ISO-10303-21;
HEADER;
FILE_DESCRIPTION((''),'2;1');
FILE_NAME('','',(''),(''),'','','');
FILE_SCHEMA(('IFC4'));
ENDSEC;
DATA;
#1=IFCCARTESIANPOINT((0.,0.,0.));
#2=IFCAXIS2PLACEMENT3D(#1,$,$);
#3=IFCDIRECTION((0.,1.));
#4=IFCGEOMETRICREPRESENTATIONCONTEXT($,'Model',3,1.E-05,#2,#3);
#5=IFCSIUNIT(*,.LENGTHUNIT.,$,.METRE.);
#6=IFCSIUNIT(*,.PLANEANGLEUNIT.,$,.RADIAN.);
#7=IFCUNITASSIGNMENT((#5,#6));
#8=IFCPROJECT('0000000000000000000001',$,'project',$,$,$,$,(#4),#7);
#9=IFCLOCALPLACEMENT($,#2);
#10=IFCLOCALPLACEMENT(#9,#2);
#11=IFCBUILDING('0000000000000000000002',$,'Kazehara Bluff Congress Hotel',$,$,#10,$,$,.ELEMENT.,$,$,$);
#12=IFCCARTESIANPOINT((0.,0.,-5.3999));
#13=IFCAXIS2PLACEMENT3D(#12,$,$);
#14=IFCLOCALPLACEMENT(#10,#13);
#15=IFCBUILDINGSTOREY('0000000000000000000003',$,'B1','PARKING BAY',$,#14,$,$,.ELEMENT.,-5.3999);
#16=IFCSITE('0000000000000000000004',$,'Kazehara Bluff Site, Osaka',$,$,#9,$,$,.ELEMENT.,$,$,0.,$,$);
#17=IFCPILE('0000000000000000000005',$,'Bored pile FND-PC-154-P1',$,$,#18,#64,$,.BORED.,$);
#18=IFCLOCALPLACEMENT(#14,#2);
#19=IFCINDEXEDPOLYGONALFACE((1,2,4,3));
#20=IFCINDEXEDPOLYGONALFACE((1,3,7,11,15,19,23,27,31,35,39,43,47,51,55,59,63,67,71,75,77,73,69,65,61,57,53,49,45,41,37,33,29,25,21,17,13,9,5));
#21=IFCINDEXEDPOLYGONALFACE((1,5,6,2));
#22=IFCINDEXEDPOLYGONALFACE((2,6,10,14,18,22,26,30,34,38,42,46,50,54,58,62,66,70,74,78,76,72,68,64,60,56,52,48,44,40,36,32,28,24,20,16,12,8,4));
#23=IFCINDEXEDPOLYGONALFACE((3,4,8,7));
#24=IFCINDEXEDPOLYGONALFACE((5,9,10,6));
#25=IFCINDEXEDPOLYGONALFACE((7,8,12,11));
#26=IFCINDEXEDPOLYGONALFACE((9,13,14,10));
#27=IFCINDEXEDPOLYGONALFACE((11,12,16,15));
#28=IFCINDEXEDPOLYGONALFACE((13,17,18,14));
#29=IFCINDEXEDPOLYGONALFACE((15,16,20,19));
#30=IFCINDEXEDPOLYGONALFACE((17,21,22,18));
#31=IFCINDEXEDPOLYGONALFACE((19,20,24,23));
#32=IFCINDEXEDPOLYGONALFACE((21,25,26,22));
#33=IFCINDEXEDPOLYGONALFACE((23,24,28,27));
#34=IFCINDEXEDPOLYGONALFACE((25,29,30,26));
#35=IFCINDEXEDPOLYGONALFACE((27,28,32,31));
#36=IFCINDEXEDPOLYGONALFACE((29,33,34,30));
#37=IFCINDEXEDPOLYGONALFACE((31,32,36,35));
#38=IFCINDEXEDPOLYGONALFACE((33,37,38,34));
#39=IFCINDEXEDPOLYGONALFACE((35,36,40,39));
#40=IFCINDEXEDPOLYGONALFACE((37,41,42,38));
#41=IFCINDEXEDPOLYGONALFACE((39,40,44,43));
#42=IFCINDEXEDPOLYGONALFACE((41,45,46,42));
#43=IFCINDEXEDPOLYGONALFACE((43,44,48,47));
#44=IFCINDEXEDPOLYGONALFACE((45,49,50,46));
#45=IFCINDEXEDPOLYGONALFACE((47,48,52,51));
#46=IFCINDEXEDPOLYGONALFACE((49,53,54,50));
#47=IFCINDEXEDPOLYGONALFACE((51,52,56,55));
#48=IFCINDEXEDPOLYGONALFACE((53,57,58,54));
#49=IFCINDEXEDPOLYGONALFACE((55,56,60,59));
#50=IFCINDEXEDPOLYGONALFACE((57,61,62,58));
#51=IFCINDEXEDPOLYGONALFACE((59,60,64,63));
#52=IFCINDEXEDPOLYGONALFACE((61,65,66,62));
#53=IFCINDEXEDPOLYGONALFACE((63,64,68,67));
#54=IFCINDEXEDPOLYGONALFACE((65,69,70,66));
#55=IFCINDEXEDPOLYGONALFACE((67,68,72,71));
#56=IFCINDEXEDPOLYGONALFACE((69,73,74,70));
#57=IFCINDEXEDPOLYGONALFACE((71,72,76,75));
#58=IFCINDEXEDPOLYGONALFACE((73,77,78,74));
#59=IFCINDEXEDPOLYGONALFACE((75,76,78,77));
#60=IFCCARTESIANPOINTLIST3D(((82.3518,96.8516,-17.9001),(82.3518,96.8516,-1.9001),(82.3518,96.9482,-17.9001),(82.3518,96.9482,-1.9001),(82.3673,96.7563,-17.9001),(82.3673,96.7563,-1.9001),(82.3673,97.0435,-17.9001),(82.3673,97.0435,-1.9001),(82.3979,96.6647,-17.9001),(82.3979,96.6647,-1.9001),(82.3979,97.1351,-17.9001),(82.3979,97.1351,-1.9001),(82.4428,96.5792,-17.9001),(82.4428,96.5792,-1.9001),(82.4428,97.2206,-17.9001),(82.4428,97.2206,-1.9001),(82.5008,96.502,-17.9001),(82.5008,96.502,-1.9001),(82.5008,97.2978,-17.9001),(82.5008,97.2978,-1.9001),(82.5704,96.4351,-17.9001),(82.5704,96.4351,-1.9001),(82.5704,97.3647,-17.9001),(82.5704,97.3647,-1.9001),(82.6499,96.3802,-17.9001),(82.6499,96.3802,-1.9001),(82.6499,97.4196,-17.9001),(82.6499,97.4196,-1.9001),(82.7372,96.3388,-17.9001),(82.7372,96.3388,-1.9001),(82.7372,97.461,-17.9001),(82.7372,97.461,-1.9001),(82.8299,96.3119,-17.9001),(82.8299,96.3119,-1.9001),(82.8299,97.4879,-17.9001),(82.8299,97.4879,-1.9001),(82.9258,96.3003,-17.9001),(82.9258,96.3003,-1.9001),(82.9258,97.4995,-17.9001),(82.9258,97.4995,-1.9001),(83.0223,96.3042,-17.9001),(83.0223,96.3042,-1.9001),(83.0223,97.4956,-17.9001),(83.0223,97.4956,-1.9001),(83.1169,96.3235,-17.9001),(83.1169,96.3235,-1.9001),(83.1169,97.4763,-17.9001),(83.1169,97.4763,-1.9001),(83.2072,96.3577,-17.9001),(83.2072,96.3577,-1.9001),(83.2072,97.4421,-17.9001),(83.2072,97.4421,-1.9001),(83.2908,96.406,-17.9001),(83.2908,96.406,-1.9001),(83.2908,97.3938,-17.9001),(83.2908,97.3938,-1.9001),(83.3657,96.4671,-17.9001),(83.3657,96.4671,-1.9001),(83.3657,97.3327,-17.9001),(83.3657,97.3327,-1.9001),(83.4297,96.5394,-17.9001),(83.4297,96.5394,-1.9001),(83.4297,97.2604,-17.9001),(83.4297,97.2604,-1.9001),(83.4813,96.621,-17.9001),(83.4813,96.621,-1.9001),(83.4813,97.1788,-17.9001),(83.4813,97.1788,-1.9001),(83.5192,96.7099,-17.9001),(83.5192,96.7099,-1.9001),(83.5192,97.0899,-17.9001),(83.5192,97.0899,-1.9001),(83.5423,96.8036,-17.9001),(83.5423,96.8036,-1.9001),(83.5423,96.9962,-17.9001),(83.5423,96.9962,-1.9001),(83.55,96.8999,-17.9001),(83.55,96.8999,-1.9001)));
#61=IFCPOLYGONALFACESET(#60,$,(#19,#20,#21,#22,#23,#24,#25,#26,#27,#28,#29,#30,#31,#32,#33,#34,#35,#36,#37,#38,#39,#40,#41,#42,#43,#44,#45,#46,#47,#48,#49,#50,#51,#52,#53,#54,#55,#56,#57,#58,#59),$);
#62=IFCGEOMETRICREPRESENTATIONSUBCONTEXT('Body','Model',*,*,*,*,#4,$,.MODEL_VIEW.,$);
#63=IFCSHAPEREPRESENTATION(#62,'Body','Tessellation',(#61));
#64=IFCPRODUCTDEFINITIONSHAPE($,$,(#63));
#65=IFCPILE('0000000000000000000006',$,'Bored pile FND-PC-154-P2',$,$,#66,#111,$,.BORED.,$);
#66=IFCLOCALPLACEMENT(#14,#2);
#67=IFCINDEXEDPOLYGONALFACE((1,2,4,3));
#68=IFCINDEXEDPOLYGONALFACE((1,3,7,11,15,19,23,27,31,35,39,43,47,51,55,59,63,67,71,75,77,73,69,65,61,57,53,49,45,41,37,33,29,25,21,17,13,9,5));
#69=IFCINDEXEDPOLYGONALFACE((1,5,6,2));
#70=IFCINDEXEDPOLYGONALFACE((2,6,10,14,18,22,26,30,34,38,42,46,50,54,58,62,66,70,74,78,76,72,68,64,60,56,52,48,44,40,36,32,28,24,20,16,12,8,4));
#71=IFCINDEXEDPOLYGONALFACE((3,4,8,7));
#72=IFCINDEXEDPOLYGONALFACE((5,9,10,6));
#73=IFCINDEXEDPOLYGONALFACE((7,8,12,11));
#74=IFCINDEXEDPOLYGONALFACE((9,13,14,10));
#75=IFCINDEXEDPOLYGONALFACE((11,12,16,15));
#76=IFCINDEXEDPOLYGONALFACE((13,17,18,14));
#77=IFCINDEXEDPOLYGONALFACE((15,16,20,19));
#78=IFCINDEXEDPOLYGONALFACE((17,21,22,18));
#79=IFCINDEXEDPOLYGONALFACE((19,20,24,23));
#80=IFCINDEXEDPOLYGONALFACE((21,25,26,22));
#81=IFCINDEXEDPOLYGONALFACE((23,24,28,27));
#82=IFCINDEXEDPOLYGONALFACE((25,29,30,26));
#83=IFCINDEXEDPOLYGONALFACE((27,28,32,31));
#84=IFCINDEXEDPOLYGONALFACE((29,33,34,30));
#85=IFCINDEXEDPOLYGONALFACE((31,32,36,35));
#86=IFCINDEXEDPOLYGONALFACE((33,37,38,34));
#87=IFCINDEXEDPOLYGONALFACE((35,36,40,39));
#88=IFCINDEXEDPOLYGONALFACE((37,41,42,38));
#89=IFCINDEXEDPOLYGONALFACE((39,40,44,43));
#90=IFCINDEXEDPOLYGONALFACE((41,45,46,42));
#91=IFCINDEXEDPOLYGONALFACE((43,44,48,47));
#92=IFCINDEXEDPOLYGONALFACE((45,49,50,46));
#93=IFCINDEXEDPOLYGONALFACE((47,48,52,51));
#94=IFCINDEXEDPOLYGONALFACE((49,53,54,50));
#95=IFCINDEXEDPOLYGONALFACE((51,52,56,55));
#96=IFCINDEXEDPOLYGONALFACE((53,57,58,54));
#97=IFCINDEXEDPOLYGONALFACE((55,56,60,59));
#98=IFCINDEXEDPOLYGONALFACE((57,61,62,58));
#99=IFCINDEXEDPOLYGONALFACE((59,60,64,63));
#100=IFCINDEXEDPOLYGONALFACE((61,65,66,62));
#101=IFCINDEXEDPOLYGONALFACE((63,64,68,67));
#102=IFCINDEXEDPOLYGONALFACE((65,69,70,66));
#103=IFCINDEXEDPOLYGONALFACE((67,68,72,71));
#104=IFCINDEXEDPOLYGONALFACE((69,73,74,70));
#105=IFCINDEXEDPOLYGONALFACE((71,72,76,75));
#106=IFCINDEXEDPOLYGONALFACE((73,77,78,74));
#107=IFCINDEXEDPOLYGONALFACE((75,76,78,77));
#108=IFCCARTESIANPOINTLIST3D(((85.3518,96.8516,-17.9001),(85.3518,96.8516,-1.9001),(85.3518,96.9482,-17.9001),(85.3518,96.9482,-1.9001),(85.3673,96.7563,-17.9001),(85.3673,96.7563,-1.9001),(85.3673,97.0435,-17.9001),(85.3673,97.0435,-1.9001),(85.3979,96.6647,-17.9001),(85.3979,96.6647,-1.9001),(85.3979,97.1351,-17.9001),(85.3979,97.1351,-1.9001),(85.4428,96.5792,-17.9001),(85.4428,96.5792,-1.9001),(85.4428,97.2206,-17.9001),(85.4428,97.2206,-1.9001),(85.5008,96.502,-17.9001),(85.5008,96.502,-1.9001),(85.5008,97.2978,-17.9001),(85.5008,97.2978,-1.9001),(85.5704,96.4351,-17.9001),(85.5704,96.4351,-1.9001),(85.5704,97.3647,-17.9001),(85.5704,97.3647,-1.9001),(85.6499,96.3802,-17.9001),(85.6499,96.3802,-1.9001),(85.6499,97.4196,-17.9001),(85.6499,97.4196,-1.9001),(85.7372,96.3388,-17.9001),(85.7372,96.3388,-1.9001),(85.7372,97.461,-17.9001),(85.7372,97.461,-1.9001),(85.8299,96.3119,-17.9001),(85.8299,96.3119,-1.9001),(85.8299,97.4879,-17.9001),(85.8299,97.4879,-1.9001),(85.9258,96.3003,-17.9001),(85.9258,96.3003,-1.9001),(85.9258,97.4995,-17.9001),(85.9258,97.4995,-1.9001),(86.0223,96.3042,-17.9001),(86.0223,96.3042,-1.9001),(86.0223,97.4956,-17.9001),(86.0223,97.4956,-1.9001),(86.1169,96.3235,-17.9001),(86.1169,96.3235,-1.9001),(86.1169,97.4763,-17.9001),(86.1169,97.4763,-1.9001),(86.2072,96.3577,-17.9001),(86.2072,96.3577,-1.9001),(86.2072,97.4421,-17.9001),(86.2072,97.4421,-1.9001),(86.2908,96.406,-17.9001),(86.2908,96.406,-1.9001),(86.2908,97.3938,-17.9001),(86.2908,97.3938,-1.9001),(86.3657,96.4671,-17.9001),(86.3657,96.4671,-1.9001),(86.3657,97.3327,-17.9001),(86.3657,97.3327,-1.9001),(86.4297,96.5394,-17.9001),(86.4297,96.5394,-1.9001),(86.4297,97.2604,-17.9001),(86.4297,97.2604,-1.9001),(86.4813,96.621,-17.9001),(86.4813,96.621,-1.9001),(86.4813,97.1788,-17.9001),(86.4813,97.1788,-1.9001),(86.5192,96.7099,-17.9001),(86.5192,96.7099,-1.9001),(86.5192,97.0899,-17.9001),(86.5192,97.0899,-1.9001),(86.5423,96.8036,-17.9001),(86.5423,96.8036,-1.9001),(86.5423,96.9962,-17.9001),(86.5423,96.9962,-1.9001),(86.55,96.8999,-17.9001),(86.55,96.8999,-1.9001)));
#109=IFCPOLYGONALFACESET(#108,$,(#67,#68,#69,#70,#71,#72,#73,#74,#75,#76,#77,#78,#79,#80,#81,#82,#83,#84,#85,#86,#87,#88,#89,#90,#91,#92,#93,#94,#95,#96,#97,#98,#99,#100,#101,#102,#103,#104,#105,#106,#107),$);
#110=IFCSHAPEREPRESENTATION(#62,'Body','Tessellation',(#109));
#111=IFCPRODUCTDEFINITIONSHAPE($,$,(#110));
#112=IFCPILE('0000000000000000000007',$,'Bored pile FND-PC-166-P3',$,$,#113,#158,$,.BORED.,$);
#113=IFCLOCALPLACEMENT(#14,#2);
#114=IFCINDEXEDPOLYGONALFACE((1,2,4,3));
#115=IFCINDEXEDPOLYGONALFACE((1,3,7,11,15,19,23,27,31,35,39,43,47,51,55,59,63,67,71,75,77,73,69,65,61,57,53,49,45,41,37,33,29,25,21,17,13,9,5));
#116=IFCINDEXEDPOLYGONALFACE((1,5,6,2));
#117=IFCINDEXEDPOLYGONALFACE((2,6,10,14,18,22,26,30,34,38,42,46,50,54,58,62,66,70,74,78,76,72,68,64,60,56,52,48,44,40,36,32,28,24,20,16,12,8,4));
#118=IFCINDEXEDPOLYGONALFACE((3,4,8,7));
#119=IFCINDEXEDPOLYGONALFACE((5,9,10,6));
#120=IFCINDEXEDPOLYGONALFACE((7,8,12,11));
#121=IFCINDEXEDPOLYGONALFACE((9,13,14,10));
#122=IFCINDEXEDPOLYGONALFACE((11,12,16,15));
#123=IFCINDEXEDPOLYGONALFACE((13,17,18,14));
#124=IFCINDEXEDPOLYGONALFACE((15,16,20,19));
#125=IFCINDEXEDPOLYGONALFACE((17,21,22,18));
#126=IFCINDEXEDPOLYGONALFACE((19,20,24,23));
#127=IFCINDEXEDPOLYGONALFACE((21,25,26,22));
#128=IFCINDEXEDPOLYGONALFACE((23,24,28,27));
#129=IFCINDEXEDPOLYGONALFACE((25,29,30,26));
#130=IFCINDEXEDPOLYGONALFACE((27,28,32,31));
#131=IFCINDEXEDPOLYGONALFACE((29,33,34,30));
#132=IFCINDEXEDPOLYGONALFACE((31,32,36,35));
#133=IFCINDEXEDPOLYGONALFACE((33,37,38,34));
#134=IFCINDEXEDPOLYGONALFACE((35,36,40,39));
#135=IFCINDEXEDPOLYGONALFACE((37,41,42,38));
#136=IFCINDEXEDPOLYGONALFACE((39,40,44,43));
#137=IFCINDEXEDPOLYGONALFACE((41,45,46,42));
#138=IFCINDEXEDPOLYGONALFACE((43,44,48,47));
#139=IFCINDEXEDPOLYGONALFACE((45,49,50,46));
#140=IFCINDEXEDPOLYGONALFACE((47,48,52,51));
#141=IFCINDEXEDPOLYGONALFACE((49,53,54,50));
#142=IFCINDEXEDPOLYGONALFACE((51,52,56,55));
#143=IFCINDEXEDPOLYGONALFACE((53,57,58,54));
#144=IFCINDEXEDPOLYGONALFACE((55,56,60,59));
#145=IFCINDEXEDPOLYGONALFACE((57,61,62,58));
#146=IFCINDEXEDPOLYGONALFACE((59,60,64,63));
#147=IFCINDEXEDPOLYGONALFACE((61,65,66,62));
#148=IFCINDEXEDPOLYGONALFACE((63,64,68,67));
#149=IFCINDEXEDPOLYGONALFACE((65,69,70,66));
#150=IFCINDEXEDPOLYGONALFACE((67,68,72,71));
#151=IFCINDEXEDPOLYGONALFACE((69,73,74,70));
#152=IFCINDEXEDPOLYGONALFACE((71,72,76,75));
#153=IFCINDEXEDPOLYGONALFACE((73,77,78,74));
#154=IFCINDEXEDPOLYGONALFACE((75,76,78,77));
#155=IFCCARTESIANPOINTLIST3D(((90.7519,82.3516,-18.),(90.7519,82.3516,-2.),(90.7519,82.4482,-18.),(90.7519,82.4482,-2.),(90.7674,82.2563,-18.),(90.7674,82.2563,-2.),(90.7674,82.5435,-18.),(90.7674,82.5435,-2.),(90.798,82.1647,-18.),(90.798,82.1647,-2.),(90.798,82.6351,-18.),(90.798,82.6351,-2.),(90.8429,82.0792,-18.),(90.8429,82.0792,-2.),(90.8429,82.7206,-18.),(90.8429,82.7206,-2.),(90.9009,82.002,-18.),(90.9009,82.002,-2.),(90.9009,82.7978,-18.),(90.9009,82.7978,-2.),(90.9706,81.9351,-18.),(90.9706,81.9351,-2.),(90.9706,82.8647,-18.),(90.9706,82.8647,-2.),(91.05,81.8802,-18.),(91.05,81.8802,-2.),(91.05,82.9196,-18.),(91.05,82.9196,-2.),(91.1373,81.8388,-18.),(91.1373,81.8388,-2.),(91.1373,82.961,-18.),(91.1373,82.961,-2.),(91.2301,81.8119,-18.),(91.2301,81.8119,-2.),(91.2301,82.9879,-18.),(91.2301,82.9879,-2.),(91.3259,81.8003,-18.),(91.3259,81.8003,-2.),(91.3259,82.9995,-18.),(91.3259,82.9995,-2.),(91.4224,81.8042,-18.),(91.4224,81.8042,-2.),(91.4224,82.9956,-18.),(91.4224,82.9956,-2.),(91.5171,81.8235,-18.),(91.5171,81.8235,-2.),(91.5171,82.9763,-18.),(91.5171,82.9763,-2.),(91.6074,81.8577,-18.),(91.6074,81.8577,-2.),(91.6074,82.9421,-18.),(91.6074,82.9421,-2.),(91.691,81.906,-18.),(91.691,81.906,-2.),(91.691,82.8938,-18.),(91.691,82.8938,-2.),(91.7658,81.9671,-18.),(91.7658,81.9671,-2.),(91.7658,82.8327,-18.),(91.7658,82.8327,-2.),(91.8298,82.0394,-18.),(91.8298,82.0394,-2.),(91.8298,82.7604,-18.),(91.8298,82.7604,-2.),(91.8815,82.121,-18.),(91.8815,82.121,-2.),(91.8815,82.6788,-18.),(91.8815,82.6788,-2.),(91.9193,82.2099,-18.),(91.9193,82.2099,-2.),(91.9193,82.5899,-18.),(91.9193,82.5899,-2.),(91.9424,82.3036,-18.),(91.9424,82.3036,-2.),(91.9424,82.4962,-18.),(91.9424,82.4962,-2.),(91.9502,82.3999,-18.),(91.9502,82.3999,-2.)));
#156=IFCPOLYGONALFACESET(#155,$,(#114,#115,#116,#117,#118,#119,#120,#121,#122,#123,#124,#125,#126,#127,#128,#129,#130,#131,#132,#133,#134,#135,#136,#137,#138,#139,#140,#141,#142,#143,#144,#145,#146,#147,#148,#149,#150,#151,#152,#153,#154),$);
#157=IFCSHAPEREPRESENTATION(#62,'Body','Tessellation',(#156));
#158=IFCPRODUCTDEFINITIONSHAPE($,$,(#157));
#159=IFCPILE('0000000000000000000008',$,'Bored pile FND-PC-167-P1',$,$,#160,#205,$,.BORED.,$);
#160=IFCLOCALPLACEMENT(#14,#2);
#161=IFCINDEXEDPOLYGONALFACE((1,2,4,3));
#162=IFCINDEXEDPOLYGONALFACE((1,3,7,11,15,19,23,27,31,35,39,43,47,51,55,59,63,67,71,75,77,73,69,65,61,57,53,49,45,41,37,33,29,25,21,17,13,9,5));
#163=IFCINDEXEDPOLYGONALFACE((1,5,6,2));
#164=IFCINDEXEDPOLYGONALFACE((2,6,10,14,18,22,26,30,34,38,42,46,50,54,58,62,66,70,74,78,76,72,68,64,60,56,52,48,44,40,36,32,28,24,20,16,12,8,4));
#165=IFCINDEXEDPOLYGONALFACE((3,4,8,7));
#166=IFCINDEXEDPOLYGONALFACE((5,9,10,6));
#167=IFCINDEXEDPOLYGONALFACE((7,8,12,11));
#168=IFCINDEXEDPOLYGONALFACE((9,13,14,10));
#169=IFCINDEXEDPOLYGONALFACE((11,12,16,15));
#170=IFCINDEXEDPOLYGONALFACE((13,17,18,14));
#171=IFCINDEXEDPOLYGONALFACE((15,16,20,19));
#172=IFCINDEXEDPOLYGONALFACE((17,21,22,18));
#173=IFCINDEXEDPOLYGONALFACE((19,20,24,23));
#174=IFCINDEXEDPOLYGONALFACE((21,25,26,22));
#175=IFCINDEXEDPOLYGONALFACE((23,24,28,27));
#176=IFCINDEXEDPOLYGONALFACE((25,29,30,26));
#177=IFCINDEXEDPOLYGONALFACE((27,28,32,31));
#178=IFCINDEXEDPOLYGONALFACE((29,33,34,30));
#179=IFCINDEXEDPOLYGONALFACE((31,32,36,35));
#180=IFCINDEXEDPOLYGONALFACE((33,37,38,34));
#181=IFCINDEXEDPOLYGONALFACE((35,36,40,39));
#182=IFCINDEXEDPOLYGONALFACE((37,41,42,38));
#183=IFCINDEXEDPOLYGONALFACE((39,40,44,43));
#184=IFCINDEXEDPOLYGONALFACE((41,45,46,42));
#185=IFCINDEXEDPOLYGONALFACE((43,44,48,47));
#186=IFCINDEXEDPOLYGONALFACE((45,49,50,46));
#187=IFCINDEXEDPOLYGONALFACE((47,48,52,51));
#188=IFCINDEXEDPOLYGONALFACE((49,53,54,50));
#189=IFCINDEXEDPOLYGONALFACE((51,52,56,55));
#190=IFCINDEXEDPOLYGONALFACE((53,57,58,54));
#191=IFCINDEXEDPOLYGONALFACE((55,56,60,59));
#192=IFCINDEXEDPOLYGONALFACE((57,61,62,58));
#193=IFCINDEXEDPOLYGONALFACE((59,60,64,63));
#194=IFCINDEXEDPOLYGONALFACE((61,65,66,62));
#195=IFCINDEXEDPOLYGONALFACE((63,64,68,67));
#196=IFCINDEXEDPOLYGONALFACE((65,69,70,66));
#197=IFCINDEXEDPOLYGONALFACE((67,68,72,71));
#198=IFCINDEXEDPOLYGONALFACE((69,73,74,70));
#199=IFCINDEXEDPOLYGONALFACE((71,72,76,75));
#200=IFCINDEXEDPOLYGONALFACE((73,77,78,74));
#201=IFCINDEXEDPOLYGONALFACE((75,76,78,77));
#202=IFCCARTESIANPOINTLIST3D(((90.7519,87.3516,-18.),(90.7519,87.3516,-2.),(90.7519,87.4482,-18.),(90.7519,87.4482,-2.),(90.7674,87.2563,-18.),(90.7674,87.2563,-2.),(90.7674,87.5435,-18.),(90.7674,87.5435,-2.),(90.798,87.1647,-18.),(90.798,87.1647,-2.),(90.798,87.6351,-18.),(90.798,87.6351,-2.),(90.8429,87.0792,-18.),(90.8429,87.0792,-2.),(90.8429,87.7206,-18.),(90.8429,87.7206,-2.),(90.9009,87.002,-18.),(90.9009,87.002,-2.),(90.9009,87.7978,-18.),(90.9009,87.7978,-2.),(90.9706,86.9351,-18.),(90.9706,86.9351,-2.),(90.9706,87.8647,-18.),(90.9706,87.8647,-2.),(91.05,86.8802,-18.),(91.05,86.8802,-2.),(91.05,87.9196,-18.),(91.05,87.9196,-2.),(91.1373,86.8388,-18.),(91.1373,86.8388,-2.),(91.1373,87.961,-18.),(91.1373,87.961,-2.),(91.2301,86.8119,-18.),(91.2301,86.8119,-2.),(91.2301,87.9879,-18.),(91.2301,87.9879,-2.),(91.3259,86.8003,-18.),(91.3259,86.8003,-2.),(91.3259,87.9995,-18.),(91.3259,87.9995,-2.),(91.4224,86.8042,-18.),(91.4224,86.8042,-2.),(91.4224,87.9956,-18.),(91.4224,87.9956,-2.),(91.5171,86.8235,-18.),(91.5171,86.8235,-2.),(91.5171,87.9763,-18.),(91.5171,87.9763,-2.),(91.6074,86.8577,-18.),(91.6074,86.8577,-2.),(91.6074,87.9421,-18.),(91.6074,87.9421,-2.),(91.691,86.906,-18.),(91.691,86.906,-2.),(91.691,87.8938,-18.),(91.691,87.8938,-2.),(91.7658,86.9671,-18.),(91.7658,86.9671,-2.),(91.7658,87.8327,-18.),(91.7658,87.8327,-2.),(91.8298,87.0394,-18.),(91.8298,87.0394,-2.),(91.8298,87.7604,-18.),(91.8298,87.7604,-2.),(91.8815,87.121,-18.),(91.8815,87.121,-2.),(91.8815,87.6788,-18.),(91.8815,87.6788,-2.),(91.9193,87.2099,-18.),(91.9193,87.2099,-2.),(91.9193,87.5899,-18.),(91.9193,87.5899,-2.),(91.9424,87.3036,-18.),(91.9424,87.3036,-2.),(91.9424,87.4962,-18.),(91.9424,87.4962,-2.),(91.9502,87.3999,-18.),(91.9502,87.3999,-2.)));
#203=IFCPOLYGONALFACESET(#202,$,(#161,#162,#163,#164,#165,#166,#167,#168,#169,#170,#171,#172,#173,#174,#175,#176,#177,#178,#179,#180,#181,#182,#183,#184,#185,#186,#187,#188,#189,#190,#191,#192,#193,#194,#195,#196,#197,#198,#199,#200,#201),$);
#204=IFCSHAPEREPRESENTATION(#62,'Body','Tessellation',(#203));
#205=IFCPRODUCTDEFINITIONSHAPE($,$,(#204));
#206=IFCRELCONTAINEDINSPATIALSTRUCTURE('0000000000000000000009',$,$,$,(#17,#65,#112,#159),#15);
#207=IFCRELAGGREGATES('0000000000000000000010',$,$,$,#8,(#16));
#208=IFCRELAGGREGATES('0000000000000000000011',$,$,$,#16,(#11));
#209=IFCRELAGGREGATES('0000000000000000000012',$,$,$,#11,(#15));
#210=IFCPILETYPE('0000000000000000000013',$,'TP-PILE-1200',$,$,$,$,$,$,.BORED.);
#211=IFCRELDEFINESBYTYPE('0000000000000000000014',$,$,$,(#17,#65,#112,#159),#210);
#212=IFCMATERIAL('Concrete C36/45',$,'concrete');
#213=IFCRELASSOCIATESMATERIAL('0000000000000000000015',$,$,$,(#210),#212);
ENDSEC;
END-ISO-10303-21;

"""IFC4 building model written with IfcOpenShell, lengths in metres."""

from ifc_helpers import new_model, si_unit, direction, frame, origin, origin_2d, place, context, subcontext, project, spatial, circle, extrude, material, material_profile, profile_set, type_object, element, save


model = new_model("IFC4")

# Units and contexts
model_context = context("Model", 3, precision=1e-05, world=origin(), true_north=direction((0.0, 1.0)))
body_context = subcontext(model_context, "Body", "Model", "MODEL_VIEW")
ifc_project = project(units=[si_unit("LENGTHUNIT", "METRE"), si_unit("PLANEANGLEUNIT", "RADIAN")], contexts=[model_context])

# Site, building, storey
site_placement = place(None, origin())
site = spatial("IfcSite", under=ifc_project, at=site_placement, Name="Kazehara Bluff Site, Osaka", CompositionType="ELEMENT", RefElevation=0.0)
building_placement = place(site_placement, origin())
building = spatial("IfcBuilding", under=site, at=building_placement, Name="Kazehara Bluff Congress Hotel", CompositionType="ELEMENT")
storey_placement = place(building_placement, frame((0.0, 0.0, -5.3999)))
storey = spatial("IfcBuildingStorey", under=building, at=storey_placement, Name="B1", Description="PARKING BAY", CompositionType="ELEMENT", Elevation=-5.3999)

# Piles
ifc_material_1 = material(Name="Concrete C36/45", Category="concrete")
ifc_material_profile_1 = material_profile(ifc_material_1, circle(Radius=0.6001, at=origin_2d()))
ifc_profile_set_1 = profile_set([ifc_material_profile_1], Name="Concrete C36/45")
pile_type = type_object("IfcPileType", Name="TP-PILE-1200", PredefinedType="BORED", material=ifc_profile_set_1)
for number, where, z_axis, x_axis, name in (
    (1, (82.95, 96.8999, -1.9001), (0.0, 0.0, -1.0), (1.0, 0.0, 0.0), "Bored pile FND-PC-154-P1"),
    (2, (85.95, 96.8999, -1.9001), (0.0, 0.0, -1.0), (1.0, 0.0, 0.0), "Bored pile FND-PC-154-P2"),
    (3, (91.3501, 82.3999, -2.0), (0.0, 0.0, -1.0), (1.0, 0.0, 0.0), "Bored pile FND-PC-166-P3"),
    (4, (91.3501, 87.3999, -2.0), (0.0, 0.0, -1.0), (1.0, 0.0, 0.0), "Bored pile FND-PC-167-P1"),
):
    element("IfcPile", number, at=place(storey_placement, frame(where, z_axis=z_axis, x_axis=x_axis)), inside=storey, type_object=pile_type, Name=name, PredefinedType="BORED", context=body_context, shape_type="SweptSolid", body=[
        extrude(circle(Radius=0.6001, at=origin_2d()), origin(), (0.0, 0.0, 1.0), 16.0),
    ])

save(model, "model.ifc")
